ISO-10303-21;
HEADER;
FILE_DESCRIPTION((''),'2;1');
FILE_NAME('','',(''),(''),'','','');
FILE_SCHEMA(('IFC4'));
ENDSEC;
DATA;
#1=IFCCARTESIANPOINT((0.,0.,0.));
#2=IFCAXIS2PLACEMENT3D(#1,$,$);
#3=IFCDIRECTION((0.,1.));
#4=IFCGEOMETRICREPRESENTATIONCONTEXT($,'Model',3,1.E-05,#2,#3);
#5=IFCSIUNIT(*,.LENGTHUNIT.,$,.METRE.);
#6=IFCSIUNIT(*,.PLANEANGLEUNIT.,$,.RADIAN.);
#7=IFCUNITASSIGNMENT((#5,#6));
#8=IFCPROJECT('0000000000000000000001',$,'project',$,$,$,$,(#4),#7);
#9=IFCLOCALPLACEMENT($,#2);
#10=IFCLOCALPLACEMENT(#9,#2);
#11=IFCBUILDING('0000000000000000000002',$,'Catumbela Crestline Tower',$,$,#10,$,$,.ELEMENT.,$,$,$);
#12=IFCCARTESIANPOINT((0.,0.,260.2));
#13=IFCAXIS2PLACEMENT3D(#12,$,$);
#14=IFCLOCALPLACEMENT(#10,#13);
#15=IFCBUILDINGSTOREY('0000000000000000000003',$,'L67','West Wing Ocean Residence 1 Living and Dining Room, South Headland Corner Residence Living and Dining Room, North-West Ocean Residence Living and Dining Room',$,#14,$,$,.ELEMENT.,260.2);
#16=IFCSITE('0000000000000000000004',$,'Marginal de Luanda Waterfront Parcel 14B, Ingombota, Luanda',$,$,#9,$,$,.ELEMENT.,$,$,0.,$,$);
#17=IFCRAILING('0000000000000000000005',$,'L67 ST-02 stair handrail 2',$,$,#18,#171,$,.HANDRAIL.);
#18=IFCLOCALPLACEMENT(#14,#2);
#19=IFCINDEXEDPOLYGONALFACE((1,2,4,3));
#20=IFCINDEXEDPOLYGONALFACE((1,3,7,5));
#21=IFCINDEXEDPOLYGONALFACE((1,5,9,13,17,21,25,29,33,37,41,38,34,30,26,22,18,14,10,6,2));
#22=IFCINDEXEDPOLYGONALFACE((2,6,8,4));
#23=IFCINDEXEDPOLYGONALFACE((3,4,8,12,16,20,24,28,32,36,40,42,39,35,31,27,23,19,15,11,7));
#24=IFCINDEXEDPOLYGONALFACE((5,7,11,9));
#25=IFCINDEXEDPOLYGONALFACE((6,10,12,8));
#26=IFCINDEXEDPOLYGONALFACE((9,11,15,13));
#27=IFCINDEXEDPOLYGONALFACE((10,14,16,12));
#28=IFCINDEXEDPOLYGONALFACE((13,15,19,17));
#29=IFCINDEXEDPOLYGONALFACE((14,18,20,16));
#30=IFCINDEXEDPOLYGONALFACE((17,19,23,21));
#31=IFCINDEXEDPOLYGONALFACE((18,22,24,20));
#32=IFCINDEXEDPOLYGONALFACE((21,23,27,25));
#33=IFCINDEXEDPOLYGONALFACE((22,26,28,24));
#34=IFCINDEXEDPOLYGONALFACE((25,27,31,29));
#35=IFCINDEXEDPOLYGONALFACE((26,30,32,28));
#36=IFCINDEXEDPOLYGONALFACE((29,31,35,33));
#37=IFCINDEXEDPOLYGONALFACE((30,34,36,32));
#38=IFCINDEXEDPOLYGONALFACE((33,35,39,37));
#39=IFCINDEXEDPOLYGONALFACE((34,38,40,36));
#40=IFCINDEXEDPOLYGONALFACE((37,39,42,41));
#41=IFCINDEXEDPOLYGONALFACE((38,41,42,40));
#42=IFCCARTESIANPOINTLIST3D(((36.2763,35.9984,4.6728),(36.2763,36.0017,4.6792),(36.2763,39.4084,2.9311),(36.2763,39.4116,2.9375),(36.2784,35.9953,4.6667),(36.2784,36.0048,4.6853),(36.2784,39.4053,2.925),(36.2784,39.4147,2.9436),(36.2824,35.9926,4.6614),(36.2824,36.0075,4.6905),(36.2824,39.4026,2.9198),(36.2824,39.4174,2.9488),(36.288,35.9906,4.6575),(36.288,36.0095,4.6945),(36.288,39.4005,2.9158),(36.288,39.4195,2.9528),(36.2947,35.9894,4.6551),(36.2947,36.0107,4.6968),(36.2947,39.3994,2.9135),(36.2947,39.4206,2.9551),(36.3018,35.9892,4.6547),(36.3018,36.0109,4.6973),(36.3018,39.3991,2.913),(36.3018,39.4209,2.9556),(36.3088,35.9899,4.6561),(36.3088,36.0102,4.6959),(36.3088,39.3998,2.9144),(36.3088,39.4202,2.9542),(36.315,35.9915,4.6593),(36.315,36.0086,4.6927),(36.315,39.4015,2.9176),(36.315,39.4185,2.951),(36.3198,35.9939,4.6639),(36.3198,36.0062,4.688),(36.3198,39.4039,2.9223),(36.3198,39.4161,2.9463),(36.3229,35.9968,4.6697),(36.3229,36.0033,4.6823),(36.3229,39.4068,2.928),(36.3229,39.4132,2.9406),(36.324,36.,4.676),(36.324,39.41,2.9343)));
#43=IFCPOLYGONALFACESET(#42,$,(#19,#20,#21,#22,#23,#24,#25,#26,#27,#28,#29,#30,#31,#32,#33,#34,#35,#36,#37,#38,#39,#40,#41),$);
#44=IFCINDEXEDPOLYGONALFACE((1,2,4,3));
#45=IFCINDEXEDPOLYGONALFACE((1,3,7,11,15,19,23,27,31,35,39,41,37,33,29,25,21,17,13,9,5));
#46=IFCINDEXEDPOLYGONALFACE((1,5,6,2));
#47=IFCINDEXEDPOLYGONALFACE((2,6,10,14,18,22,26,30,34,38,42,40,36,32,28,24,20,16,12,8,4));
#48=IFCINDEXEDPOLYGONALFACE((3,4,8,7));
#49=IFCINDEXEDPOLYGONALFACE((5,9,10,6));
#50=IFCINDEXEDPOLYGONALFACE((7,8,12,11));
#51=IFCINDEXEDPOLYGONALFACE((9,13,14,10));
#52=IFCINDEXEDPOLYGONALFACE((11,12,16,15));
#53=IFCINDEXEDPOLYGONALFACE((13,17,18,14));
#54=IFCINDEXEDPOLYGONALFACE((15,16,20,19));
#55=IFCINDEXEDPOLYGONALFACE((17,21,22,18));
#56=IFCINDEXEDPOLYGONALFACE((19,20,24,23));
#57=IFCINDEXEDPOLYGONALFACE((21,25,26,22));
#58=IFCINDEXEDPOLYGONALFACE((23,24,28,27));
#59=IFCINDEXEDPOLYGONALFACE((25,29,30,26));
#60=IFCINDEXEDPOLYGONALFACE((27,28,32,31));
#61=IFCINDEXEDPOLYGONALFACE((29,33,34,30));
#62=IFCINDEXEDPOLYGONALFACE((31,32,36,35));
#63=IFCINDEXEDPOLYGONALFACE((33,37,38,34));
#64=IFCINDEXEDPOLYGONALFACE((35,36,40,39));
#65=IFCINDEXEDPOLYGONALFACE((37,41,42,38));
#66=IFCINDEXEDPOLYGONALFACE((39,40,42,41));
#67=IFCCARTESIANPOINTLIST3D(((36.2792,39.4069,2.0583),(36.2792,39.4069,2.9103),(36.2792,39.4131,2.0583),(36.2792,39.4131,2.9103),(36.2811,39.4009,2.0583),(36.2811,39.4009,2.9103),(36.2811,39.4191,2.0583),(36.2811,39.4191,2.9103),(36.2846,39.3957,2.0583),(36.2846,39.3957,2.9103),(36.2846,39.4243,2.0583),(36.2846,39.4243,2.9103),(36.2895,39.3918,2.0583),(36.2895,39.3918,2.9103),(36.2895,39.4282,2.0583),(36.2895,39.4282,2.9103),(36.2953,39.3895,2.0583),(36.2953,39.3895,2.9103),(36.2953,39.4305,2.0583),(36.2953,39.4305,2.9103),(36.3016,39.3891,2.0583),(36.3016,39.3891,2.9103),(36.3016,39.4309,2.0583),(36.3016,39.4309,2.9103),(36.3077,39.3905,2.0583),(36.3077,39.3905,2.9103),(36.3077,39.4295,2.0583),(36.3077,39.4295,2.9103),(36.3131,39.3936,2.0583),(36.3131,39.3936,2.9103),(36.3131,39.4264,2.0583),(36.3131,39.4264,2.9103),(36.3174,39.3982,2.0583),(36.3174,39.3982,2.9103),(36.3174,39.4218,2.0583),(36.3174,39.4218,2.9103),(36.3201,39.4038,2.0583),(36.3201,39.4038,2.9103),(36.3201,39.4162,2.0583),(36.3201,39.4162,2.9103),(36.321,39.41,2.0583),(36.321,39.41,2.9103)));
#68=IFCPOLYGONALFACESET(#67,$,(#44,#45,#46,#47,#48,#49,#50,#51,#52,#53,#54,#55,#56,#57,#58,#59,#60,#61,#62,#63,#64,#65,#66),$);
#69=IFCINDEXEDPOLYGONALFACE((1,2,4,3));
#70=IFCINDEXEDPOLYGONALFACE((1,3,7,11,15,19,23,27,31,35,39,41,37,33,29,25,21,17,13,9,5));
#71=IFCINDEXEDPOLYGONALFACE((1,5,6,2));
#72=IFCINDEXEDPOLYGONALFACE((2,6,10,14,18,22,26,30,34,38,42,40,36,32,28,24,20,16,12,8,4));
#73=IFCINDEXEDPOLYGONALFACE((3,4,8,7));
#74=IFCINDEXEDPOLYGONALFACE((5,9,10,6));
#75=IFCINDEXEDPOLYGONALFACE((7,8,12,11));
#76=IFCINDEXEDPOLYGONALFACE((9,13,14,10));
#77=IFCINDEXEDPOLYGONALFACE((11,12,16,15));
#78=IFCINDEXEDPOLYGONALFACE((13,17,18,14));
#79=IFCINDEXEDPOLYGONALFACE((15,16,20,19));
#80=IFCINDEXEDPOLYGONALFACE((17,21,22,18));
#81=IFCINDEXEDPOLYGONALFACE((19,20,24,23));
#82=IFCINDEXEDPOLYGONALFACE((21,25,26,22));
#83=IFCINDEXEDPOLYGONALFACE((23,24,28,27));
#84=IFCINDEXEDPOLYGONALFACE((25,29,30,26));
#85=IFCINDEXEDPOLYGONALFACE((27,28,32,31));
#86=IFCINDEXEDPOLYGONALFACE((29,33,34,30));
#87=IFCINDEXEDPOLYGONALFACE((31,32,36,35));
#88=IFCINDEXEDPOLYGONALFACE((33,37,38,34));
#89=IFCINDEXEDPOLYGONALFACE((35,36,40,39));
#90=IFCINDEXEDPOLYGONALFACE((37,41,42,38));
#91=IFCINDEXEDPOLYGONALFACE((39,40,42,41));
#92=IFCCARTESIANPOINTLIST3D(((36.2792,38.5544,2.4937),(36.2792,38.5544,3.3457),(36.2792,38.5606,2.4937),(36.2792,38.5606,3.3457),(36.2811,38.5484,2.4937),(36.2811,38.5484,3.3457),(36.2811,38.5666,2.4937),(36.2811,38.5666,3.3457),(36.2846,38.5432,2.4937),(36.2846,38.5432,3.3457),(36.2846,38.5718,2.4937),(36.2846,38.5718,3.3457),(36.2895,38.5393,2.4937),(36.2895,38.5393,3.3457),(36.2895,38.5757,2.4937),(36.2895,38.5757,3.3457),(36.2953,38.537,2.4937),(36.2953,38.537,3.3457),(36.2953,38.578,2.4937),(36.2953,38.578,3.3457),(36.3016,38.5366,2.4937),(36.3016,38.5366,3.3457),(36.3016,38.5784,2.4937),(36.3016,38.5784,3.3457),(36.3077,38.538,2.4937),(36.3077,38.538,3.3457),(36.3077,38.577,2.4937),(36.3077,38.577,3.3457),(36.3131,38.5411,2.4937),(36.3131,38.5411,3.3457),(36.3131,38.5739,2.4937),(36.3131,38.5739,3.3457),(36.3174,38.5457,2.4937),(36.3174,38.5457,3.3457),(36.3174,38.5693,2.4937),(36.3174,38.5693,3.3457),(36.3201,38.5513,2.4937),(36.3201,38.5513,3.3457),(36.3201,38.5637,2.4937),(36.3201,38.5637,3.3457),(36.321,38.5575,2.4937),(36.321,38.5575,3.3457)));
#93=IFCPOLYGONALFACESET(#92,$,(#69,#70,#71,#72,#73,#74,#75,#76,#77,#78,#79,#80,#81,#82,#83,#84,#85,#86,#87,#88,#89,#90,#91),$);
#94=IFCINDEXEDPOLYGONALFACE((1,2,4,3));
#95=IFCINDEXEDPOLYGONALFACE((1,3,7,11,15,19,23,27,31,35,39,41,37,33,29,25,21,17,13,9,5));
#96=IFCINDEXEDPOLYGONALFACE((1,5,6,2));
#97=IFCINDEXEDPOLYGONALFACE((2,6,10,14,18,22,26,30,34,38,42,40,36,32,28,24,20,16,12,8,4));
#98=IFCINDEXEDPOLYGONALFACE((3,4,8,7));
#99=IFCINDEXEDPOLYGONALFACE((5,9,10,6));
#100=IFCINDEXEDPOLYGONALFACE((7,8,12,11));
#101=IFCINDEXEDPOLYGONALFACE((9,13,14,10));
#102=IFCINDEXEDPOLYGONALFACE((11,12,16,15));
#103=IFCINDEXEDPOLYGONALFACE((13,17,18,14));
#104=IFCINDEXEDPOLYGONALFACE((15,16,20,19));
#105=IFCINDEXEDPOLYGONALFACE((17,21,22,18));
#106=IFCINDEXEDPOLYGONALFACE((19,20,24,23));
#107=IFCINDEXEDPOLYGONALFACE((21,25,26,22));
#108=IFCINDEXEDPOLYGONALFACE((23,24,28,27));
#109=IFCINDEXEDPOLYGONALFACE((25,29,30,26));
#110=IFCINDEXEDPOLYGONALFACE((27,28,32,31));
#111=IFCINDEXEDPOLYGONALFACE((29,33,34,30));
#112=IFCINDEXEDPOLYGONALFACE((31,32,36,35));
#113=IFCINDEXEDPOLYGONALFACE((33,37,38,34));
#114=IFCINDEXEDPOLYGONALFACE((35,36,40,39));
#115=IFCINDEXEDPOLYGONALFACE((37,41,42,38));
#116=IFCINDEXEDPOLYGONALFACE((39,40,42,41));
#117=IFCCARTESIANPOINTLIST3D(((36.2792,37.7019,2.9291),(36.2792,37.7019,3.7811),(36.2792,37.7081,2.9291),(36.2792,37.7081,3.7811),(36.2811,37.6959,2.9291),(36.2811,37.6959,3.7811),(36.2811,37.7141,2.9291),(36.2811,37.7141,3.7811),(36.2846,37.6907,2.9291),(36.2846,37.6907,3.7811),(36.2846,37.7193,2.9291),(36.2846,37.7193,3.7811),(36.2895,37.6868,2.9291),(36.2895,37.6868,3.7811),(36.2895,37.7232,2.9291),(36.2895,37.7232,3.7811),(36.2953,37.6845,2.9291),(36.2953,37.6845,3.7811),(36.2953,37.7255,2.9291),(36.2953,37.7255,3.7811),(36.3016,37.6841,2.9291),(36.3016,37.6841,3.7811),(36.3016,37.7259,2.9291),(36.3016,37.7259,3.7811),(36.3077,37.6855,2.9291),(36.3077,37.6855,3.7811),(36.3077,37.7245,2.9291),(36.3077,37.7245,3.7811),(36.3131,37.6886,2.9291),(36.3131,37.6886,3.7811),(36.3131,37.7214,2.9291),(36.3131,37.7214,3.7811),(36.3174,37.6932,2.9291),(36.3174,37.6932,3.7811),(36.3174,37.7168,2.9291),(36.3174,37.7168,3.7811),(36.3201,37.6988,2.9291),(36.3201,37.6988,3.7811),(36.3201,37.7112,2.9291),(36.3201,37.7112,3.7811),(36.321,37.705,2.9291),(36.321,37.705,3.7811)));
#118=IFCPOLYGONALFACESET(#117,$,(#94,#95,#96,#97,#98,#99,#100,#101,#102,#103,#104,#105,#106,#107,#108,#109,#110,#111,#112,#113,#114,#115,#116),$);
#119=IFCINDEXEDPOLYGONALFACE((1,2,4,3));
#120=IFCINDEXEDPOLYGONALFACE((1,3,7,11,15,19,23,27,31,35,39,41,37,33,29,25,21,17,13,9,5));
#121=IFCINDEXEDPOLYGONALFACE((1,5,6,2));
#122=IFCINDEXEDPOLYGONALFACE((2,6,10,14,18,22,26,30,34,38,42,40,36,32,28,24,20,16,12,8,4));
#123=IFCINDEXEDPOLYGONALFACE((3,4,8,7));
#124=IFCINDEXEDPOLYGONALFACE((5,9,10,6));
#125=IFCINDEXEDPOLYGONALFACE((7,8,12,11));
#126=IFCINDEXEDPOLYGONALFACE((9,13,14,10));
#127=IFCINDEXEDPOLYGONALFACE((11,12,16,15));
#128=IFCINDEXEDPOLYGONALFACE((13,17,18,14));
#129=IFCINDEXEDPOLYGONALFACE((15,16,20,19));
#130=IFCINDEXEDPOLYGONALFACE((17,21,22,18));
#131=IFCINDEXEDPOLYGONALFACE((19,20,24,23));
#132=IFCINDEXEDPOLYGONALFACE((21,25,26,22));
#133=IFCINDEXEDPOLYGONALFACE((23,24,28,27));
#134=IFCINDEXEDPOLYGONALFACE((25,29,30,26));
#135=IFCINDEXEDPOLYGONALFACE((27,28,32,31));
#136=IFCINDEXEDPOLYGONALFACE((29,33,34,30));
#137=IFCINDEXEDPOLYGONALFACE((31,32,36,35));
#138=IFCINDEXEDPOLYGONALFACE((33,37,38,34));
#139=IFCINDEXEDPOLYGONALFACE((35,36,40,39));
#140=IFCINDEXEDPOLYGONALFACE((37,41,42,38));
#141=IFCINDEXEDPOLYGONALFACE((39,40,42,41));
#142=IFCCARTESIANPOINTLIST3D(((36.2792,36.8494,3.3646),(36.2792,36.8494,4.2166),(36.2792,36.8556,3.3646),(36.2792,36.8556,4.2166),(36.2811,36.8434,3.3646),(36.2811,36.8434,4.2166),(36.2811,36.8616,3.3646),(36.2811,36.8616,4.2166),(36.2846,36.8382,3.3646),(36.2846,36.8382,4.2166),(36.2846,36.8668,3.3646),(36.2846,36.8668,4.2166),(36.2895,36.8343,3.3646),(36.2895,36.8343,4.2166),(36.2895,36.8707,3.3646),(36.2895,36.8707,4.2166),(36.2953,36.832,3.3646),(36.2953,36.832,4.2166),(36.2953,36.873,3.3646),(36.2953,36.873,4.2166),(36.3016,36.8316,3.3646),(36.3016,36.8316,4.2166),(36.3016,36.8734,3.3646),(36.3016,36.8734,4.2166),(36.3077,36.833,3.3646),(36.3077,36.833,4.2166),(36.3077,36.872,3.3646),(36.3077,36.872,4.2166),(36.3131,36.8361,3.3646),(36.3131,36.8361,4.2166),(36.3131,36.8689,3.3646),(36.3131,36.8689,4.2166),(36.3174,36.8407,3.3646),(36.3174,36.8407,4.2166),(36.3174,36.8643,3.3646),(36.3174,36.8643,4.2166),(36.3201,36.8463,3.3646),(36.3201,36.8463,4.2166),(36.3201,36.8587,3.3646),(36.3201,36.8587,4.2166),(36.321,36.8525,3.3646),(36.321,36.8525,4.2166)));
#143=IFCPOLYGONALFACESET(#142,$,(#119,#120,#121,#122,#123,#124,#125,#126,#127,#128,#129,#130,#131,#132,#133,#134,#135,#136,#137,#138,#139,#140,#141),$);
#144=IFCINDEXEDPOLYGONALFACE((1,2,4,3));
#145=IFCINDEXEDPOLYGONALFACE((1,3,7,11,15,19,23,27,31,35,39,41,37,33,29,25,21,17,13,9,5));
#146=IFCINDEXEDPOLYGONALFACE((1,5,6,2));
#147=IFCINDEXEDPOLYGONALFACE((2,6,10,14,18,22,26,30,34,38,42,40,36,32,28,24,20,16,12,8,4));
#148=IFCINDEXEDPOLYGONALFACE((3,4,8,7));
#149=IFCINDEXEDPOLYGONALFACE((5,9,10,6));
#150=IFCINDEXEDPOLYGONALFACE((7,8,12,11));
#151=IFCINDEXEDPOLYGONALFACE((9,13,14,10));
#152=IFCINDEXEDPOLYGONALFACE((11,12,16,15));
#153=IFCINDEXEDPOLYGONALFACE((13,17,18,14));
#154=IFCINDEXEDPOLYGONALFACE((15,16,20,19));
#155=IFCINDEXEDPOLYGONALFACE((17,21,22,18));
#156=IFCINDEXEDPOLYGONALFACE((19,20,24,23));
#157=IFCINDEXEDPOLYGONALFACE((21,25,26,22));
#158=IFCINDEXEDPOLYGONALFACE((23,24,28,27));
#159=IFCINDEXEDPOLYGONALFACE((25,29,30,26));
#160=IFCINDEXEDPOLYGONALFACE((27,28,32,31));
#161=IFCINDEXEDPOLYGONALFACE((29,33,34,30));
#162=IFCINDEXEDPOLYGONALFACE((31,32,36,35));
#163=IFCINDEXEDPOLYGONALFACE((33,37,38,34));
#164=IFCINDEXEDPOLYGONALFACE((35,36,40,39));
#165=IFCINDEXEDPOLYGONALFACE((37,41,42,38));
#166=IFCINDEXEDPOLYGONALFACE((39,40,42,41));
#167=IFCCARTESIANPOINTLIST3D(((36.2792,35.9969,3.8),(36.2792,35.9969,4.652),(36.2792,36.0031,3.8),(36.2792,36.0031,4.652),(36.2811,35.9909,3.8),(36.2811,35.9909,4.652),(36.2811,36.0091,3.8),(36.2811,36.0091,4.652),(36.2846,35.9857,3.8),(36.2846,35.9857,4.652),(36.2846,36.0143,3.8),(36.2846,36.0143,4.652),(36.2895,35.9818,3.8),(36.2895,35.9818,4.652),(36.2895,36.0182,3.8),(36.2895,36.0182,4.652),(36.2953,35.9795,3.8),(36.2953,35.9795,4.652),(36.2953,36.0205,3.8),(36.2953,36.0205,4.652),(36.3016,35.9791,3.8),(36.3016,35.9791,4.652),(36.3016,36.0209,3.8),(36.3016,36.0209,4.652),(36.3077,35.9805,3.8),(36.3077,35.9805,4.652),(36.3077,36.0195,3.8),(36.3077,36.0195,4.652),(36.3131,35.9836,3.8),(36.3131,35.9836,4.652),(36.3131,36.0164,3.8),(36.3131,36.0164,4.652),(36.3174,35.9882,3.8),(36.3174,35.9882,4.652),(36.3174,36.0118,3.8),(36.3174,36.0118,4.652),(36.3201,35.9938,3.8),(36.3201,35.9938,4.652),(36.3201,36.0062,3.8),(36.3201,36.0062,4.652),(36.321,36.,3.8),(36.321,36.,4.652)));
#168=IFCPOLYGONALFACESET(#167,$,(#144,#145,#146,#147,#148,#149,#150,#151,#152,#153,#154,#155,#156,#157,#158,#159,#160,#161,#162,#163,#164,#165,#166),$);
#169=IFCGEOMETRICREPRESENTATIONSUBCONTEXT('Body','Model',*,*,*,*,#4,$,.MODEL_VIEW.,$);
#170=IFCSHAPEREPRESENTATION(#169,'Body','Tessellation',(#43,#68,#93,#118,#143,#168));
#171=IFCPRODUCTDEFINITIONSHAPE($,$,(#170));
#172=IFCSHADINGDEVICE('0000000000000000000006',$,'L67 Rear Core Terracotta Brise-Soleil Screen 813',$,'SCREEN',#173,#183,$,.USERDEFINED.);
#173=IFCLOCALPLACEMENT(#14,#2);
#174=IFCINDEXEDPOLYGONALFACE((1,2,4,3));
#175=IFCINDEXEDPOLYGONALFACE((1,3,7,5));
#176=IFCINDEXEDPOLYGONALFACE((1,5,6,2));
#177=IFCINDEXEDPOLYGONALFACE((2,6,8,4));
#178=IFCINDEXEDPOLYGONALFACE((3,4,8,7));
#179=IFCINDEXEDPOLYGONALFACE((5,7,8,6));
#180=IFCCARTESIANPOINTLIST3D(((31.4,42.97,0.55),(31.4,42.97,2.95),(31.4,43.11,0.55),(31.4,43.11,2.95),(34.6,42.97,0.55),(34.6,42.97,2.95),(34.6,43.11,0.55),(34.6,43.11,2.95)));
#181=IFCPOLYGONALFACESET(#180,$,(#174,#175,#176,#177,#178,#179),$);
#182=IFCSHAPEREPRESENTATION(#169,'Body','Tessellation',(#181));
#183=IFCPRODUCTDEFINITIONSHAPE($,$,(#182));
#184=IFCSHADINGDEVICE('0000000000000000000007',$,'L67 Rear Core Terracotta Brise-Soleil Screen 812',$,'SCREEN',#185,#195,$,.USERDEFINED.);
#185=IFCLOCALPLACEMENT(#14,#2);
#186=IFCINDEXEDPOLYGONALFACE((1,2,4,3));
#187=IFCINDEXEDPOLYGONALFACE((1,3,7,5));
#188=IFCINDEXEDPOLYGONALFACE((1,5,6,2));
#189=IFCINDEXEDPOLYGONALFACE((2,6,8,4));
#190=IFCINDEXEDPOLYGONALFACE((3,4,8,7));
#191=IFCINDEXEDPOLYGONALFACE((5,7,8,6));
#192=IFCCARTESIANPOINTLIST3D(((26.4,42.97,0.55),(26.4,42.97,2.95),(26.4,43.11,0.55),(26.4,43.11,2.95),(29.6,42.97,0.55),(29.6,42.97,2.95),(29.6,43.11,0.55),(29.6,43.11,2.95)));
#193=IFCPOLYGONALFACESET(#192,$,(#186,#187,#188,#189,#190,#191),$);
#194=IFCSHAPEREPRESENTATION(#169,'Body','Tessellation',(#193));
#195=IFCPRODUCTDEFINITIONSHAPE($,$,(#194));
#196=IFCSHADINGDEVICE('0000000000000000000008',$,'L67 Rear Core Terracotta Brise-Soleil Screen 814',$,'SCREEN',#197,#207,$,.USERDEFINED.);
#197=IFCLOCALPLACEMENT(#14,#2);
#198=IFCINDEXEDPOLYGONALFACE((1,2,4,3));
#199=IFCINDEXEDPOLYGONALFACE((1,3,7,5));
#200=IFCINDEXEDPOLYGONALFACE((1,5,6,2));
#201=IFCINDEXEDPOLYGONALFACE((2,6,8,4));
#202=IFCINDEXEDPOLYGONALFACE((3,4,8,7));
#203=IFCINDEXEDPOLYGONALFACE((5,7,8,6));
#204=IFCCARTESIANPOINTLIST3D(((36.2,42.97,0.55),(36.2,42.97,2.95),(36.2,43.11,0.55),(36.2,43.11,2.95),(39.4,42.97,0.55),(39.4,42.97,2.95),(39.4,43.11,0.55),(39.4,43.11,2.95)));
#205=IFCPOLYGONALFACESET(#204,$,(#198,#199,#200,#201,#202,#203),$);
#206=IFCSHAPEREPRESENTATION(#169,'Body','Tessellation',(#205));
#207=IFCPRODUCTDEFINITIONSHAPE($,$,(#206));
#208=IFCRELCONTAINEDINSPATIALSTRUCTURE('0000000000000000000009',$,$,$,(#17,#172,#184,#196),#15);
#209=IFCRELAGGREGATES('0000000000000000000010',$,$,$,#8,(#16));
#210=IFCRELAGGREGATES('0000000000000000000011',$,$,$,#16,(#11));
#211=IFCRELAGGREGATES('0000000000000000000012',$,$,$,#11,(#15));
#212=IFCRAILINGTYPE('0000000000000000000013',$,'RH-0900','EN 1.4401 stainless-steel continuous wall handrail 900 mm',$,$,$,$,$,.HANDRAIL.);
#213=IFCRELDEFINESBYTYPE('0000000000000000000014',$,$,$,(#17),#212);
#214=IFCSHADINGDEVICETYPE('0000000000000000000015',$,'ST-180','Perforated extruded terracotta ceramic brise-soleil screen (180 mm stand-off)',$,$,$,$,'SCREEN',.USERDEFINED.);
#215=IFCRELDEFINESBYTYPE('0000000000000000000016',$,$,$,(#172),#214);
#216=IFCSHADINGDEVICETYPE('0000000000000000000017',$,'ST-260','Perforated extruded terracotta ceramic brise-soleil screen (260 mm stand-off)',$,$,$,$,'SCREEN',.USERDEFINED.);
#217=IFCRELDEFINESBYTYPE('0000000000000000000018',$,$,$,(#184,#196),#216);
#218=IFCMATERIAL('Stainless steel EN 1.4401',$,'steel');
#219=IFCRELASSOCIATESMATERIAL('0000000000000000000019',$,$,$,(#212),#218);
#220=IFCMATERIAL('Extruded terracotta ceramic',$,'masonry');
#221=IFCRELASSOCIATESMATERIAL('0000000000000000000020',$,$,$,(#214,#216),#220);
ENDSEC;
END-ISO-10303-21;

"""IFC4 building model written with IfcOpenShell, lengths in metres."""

from ifc_helpers import new_model, si_unit, direction, frame, origin, origin_2d, place, context, subcontext, project, spatial, rectangle, circle, extrude, material, type_object, element, save


model = new_model("IFC4")

# Units and contexts
model_context = context("Model", 3, precision=1e-05, world=origin(), true_north=direction((0.0, 1.0)))
body_context = subcontext(model_context, "Body", "Model", "MODEL_VIEW")
ifc_project = project(units=[si_unit("LENGTHUNIT", "METRE"), si_unit("PLANEANGLEUNIT", "RADIAN")], contexts=[model_context])

# Site, building, storey
site_placement = place(None, origin())
site = spatial("IfcSite", under=ifc_project, at=site_placement, Name="Marginal de Luanda Waterfront Parcel 14B, Ingombota, Luanda", CompositionType="ELEMENT", RefElevation=0.0)
building_placement = place(site_placement, origin())
building = spatial("IfcBuilding", under=site, at=building_placement, Name="Catumbela Crestline Tower", CompositionType="ELEMENT")
storey_placement = place(building_placement, frame((0.0, 0.0, 260.2)))
storey = spatial("IfcBuildingStorey", under=building, at=storey_placement, Name="L67", Description="West Wing Ocean Residence 1 Living and Dining Room, South Headland Corner Residence Living and Dining Room, North-West Ocean Residence Living and Dining Room", CompositionType="ELEMENT", Elevation=260.2)

# Shared definitions
ifc_material_1 = material(Name="Stainless steel EN 1.4401", Category="steel")

# Railing
railing_type = type_object("IfcRailingType", Name="RH-0900", Description="EN 1.4401 stainless-steel continuous wall handrail 900 mm", PredefinedType="HANDRAIL", material=ifc_material_1)
railing_placement = place(storey_placement, frame((36.3, 39.41, 2.0583)))
element("IfcRailing", 1, at=railing_placement, inside=storey, type_object=railing_type, Name="L67 ST-02 stair handrail 2", PredefinedType="HANDRAIL", context=body_context, shape_type="SweptSolid", body=[
    extrude(circle(Radius=0.024, at=origin_2d()), frame((0.0, 0.0, 0.876), z_axis=(0.0, -0.89056, 0.454865), x_axis=(1.0, 0.0, 0.0)), (0.0, 0.0, 1.0), 3.829),
    extrude(circle(Radius=0.021, at=origin_2d()), origin(), (0.0, 0.0, 1.0), 0.852),
    extrude(circle(Radius=0.021, at=origin_2d()), frame((0.0, -0.8525, 0.4354)), (0.0, 0.0, 1.0), 0.852),
    extrude(circle(Radius=0.021, at=origin_2d()), frame((0.0, -1.705, 0.8708)), (0.0, 0.0, 1.0), 0.852),
    extrude(circle(Radius=0.021, at=origin_2d()), frame((0.0, -2.5575, 1.3063)), (0.0, 0.0, 1.0), 0.852),
    extrude(circle(Radius=0.021, at=origin_2d()), frame((0.0, -3.41, 1.7417)), (0.0, 0.0, 1.0), 0.852),
])

# Shading devices
ifc_material_2 = material(Name="Extruded terracotta ceramic", Category="masonry")
shading_device_type_1 = type_object("IfcShadingDeviceType", Name="ST-180", Description="Perforated extruded terracotta ceramic brise-soleil screen (180 mm stand-off)", ElementType="SCREEN", PredefinedType="USERDEFINED", material=ifc_material_2)
shading_device_placement = place(storey_placement, frame((33.0, 43.04, 0.55), z_axis=(0.0, 0.0, 1.0), x_axis=(1.0, 0.0, 0.0)))
element("IfcShadingDevice", 2, at=shading_device_placement, inside=storey, type_object=shading_device_type_1, Name="L67 Rear Core Terracotta Brise-Soleil Screen 813", ObjectType="SCREEN", PredefinedType="USERDEFINED", context=body_context, shape_type="SweptSolid", body=[
    extrude(rectangle(XDim=3.2, YDim=0.14, at=origin_2d()), origin(), (0.0, 0.0, 1.0), 2.4),
])
shading_device_type_2 = type_object("IfcShadingDeviceType", Name="ST-260", Description="Perforated extruded terracotta ceramic brise-soleil screen (260 mm stand-off)", ElementType="SCREEN", PredefinedType="USERDEFINED", material=ifc_material_2)
for number, where, z_axis, x_axis, name in (
    (3, (28.0, 43.04, 0.55), (0.0, 0.0, 1.0), (1.0, 0.0, 0.0), "L67 Rear Core Terracotta Brise-Soleil Screen 812"),
    (4, (37.8, 43.04, 0.55), (0.0, 0.0, 1.0), (1.0, 0.0, 0.0), "L67 Rear Core Terracotta Brise-Soleil Screen 814"),
):
    element("IfcShadingDevice", number, at=place(storey_placement, frame(where, z_axis=z_axis, x_axis=x_axis)), inside=storey, type_object=shading_device_type_2, Name=name, ObjectType="SCREEN", PredefinedType="USERDEFINED", context=body_context, shape_type="SweptSolid", body=[
        extrude(rectangle(XDim=3.2, YDim=0.14, at=origin_2d()), origin(), (0.0, 0.0, 1.0), 2.4),
    ])

save(model, "model.ifc")
